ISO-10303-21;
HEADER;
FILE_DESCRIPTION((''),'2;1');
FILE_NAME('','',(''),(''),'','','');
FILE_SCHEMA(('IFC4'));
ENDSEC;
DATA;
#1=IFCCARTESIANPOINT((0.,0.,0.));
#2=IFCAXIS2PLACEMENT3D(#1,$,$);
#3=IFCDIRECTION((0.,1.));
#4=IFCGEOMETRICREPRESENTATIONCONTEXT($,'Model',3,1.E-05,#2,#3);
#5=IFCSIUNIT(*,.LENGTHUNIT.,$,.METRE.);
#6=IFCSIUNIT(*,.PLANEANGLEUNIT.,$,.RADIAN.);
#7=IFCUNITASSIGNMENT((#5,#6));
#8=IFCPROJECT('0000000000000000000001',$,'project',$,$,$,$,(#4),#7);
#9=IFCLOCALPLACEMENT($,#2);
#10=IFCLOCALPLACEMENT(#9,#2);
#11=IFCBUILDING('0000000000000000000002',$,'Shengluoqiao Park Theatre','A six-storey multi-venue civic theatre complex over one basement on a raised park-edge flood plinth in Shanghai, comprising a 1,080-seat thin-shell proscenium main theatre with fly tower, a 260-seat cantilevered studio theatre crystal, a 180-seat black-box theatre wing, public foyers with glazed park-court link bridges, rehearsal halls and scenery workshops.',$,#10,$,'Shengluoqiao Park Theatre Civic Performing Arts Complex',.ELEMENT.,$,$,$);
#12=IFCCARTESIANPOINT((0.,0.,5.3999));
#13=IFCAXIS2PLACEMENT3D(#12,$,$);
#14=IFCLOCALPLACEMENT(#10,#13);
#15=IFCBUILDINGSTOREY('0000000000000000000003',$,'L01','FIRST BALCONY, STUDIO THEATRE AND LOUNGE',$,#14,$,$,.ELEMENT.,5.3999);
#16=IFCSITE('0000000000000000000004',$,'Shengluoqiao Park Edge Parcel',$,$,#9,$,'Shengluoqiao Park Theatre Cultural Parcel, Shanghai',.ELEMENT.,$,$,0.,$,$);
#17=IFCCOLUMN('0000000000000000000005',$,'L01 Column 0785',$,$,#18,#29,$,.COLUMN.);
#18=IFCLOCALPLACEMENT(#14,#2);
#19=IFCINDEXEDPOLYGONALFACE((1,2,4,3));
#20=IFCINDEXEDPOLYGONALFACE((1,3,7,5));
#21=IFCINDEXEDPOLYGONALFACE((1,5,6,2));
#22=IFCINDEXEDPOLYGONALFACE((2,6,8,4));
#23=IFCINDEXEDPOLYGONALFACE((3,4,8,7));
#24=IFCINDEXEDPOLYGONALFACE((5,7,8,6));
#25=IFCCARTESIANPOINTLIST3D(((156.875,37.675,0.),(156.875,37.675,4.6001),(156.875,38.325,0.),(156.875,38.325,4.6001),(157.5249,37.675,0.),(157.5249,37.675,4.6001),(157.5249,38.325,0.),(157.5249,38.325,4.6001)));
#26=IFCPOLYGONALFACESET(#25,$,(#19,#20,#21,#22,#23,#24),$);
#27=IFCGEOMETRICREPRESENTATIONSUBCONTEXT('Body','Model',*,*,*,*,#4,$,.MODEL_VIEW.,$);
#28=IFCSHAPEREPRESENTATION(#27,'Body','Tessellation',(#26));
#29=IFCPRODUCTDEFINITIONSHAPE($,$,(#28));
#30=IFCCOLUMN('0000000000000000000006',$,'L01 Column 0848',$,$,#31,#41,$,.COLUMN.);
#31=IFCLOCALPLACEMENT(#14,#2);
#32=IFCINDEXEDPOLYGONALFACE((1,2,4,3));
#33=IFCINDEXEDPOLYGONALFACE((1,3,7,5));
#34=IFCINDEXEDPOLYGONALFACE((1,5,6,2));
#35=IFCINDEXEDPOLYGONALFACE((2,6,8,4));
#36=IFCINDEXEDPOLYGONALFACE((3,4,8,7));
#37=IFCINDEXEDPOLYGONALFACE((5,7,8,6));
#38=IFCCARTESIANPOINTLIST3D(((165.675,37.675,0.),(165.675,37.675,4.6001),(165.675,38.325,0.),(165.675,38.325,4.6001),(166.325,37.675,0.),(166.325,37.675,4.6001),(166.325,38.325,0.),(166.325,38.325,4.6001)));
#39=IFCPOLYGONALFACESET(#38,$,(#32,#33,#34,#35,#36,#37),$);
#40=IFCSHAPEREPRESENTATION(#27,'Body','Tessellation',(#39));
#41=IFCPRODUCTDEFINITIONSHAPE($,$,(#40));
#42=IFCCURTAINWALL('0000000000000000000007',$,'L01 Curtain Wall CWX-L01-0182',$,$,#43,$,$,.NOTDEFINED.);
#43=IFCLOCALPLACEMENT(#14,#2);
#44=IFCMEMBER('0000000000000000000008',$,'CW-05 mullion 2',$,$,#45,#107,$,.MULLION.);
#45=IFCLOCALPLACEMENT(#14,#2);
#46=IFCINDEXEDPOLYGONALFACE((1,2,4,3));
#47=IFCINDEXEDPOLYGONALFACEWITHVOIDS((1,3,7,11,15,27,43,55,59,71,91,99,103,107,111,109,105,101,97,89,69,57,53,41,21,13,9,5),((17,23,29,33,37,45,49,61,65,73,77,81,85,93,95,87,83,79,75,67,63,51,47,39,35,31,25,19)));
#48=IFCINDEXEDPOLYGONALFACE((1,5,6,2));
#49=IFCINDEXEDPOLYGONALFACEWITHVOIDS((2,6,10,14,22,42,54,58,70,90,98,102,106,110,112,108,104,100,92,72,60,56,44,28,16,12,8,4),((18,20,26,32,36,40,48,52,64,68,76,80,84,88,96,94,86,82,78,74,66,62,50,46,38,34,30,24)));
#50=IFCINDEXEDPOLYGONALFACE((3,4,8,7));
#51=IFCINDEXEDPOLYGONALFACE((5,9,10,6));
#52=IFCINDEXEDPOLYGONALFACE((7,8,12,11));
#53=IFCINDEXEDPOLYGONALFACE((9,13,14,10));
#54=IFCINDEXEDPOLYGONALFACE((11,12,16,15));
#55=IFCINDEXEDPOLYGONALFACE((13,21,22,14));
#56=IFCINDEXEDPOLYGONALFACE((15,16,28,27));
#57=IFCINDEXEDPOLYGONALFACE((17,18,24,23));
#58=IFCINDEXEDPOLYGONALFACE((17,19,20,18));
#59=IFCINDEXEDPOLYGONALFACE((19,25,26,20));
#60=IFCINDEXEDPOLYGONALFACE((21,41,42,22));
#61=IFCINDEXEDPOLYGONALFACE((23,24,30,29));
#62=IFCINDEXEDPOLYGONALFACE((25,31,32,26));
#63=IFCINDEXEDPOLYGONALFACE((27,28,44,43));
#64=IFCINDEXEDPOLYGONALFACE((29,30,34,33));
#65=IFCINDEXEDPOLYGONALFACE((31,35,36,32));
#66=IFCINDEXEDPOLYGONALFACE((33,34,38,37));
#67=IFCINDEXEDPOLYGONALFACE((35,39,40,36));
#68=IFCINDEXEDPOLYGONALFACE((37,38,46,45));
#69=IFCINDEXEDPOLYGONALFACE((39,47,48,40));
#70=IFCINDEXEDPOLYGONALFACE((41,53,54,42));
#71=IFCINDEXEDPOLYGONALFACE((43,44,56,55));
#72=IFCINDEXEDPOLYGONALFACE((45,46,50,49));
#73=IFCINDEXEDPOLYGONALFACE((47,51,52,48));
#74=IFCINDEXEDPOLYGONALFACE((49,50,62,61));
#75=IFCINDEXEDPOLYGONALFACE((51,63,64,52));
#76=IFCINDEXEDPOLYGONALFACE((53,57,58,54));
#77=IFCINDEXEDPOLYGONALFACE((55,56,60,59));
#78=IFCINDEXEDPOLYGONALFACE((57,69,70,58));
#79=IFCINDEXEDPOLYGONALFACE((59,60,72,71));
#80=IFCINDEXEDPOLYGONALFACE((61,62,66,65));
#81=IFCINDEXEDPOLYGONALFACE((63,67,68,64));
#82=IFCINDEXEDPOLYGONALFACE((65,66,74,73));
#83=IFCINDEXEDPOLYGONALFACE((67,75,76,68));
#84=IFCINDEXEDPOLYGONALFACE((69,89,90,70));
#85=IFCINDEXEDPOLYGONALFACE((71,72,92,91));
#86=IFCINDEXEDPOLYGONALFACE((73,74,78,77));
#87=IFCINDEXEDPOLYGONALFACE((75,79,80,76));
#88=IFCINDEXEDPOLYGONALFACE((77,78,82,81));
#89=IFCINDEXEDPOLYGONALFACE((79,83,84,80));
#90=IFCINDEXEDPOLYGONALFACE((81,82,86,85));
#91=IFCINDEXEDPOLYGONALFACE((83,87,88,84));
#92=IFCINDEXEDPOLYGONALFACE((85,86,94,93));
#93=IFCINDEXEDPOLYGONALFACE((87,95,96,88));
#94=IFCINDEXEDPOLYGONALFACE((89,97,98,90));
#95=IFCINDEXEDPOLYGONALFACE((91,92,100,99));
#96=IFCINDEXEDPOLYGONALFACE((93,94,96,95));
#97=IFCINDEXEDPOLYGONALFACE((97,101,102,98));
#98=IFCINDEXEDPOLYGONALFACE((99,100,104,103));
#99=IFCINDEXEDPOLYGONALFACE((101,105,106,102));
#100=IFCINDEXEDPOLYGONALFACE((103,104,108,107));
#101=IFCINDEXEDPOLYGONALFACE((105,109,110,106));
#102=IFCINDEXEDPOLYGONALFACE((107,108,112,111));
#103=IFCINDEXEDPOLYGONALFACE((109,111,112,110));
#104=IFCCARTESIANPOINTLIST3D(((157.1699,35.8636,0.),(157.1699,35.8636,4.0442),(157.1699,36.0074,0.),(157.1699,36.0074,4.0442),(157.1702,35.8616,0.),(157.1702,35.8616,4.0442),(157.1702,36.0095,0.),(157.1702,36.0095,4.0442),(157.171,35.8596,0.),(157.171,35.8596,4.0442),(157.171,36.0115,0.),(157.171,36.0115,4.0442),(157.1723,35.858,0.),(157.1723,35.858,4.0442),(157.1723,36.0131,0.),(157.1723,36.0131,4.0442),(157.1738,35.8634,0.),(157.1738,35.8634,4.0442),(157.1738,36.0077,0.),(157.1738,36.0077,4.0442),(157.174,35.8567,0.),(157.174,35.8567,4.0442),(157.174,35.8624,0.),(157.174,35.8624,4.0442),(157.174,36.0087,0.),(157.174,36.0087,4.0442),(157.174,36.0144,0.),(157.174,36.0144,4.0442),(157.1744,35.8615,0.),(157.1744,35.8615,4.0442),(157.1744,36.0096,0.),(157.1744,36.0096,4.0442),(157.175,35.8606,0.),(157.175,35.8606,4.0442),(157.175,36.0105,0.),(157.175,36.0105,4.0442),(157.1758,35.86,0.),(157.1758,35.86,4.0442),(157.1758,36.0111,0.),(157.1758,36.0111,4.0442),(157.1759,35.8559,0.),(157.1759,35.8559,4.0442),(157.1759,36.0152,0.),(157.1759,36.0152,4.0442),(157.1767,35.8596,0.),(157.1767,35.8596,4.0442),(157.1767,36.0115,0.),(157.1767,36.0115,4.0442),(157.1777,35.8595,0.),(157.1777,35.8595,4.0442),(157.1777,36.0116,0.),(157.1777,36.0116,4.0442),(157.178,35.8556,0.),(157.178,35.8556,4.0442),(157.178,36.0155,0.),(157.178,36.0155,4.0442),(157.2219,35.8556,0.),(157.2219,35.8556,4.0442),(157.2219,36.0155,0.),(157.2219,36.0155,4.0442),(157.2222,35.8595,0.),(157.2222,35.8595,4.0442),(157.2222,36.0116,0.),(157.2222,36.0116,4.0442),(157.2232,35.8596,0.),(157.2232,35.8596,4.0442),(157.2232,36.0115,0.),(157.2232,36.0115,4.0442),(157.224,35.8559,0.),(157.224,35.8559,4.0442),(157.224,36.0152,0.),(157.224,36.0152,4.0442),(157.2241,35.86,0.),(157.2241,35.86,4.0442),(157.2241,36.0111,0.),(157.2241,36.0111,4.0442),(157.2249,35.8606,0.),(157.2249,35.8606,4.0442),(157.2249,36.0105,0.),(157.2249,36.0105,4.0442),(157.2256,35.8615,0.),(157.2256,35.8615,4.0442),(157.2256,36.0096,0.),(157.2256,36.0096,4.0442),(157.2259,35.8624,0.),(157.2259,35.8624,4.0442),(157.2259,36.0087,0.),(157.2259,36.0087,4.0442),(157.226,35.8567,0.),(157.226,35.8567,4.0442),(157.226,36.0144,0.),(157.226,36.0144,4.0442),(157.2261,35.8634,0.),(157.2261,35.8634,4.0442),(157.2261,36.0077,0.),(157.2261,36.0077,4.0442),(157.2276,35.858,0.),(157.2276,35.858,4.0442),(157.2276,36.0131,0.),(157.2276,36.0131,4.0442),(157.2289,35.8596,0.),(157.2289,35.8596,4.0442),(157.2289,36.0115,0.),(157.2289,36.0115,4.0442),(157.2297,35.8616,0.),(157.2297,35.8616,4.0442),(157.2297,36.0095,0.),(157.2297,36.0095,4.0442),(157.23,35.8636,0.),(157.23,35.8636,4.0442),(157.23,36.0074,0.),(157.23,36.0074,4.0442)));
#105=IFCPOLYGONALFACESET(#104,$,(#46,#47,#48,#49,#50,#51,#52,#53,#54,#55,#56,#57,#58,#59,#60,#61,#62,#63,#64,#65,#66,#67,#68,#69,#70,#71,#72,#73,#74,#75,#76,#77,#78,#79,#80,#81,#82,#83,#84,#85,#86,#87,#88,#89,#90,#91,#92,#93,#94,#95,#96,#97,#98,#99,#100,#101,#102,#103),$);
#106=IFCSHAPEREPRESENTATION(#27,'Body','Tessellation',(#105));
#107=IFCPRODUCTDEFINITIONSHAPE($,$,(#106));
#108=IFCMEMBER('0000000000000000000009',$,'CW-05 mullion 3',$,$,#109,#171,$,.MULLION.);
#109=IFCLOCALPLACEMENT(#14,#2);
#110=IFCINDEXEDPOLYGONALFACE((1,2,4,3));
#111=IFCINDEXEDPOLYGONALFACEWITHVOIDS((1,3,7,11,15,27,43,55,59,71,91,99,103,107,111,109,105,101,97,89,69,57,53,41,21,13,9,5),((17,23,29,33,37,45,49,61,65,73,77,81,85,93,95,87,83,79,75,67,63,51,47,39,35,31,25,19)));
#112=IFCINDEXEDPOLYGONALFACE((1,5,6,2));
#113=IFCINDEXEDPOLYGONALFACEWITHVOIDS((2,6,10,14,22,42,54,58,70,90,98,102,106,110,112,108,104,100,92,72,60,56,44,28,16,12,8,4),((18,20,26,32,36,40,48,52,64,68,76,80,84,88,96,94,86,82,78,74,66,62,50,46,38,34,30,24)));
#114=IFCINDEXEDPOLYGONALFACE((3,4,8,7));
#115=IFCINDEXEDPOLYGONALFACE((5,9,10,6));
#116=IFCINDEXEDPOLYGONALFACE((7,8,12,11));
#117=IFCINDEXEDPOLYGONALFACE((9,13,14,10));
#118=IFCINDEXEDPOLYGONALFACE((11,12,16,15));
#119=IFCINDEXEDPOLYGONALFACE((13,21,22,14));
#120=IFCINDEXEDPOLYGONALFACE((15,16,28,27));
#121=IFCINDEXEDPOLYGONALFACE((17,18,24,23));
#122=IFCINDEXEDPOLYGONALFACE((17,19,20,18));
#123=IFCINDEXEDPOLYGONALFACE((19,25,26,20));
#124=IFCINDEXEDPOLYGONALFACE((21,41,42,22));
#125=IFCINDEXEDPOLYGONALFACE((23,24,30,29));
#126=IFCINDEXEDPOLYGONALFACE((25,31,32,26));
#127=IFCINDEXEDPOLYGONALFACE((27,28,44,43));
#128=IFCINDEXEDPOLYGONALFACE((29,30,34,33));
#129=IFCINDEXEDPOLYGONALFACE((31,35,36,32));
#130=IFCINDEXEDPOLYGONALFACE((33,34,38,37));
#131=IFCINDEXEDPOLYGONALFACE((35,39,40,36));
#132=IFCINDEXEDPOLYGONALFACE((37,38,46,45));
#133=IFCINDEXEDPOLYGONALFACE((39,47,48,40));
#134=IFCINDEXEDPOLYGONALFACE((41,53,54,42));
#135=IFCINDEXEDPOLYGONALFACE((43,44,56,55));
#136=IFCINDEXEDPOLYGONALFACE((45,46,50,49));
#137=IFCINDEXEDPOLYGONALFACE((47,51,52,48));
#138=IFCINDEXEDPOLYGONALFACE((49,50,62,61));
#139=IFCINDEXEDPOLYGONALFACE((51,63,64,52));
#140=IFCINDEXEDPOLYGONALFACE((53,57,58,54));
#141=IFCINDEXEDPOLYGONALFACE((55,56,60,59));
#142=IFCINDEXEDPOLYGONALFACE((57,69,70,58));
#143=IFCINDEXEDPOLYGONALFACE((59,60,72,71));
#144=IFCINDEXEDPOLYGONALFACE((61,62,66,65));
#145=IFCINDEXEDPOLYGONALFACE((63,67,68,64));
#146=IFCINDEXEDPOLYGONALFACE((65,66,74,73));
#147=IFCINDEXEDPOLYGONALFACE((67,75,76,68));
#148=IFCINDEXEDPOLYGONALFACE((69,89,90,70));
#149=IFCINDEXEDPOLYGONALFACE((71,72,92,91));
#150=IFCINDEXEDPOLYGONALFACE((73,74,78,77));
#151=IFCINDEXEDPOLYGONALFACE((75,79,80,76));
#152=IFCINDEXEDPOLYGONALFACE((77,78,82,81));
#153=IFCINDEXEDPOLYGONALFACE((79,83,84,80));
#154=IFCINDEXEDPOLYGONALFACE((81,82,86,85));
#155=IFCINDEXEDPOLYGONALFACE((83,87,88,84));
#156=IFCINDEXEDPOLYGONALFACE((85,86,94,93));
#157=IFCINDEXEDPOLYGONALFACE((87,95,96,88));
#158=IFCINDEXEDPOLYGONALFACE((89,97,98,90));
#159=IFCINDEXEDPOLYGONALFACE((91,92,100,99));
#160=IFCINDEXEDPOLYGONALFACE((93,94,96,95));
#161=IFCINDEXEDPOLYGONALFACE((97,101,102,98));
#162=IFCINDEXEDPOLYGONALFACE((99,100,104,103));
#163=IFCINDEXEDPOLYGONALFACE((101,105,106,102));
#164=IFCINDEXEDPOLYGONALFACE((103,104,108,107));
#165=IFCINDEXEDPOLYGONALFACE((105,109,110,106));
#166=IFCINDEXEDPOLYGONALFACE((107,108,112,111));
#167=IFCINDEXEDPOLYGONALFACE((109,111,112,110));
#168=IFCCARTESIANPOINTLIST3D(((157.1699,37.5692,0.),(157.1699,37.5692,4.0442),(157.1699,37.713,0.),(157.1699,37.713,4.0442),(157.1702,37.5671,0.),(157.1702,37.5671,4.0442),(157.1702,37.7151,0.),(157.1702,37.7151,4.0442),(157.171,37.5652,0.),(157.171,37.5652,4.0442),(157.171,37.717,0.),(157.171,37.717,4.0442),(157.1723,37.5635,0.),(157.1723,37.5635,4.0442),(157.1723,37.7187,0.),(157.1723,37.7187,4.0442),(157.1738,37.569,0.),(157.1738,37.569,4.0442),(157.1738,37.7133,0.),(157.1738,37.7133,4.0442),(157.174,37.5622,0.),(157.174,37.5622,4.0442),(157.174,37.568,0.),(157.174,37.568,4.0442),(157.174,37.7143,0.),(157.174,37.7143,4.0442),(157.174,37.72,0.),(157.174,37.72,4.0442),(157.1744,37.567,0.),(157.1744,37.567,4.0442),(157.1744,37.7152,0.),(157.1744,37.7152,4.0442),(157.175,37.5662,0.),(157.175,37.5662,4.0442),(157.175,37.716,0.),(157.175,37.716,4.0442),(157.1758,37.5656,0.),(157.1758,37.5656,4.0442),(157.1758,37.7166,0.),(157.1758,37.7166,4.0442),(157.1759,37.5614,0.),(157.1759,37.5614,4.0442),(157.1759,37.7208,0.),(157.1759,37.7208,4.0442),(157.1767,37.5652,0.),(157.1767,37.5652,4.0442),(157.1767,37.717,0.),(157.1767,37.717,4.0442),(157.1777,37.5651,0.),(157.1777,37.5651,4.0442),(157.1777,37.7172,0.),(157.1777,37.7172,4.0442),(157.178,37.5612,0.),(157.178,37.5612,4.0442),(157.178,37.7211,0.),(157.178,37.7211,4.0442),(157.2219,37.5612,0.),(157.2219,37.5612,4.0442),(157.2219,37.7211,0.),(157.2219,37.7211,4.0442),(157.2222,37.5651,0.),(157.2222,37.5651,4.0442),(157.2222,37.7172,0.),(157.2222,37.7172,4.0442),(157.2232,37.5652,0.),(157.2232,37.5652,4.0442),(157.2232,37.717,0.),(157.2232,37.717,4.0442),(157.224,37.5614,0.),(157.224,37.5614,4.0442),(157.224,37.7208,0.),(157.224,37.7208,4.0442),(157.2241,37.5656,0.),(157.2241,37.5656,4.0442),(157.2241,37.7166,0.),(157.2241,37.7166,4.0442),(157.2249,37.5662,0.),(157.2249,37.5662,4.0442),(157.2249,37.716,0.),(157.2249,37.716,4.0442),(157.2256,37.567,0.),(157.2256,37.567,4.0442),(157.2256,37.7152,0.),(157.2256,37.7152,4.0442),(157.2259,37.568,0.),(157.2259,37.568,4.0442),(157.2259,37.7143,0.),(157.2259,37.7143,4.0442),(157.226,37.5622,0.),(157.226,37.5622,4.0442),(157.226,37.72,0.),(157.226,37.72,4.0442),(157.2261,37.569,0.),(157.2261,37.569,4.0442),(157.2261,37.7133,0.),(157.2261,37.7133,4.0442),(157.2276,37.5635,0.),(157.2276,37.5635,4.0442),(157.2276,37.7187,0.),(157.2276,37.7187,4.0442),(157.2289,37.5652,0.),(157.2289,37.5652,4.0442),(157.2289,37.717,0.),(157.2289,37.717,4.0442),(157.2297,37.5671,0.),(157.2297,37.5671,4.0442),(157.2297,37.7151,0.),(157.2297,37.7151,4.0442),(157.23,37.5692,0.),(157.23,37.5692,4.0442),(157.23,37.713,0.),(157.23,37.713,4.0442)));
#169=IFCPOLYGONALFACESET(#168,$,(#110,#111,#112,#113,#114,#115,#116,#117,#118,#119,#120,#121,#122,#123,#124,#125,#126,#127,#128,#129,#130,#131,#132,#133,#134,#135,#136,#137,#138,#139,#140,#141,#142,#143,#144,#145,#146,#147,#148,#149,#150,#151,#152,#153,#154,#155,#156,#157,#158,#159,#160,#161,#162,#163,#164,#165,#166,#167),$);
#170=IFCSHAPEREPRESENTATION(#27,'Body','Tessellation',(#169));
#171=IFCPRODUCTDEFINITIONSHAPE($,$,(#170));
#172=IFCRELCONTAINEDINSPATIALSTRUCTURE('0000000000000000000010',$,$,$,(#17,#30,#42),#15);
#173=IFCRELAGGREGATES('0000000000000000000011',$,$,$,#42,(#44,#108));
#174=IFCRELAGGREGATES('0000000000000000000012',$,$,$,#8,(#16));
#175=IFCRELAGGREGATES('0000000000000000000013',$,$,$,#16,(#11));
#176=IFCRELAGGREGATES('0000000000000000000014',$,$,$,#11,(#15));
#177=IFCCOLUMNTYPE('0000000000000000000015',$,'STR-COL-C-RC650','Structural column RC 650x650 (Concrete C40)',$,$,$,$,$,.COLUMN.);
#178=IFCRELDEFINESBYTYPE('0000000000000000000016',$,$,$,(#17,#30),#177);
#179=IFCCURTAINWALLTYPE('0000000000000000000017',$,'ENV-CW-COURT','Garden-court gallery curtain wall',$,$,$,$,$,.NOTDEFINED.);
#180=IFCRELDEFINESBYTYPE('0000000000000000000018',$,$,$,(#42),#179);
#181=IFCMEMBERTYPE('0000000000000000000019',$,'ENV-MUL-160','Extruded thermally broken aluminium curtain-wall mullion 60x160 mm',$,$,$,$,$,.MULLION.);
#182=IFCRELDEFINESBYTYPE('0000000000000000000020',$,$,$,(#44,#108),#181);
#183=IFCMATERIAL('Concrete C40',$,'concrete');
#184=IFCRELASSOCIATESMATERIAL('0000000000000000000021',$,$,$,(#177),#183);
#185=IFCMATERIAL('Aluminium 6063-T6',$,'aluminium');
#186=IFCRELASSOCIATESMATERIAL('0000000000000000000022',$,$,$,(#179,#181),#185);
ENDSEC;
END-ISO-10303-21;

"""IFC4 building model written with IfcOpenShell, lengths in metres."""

from ifc_helpers import new_model, si_unit, direction, frame, origin, origin_2d, place, context, subcontext, project, spatial, rectangle, hollow_rectangle, extrude, material, material_profile, profile_set, type_object, element, aggregate, save


model = new_model("IFC4")

# Units and contexts
model_context = context("Model", 3, precision=1e-05, world=origin(), true_north=direction((0.0, 1.0)))
body_context = subcontext(model_context, "Body", "Model", "MODEL_VIEW")
ifc_project = project(units=[si_unit("LENGTHUNIT", "METRE"), si_unit("PLANEANGLEUNIT", "RADIAN")], contexts=[model_context])

# Site, building, storey
site_placement = place(None, origin())
site = spatial("IfcSite", under=ifc_project, at=site_placement, Name="Shengluoqiao Park Edge Parcel", LongName="Shengluoqiao Park Theatre Cultural Parcel, Shanghai", CompositionType="ELEMENT", RefElevation=0.0)
building_placement = place(site_placement, origin())
building = spatial("IfcBuilding", under=site, at=building_placement, Name="Shengluoqiao Park Theatre", Description="A six-storey multi-venue civic theatre complex over one basement on a raised park-edge flood plinth in Shanghai, comprising a 1,080-seat thin-shell proscenium main theatre with fly tower, a 260-seat cantilevered studio theatre crystal, a 180-seat black-box theatre wing, public foyers with glazed park-court link bridges, rehearsal halls and scenery workshops.", LongName="Shengluoqiao Park Theatre Civic Performing Arts Complex", CompositionType="ELEMENT")
storey_placement = place(building_placement, frame((0.0, 0.0, 5.3999)))
storey = spatial("IfcBuildingStorey", under=building, at=storey_placement, Name="L01", Description="FIRST BALCONY, STUDIO THEATRE AND LOUNGE", CompositionType="ELEMENT", Elevation=5.3999)

# Columns
ifc_material_1 = material(Name="Concrete C40", Category="concrete")
ifc_material_profile_1 = material_profile(ifc_material_1, rectangle(XDim=0.6499, YDim=0.6499, at=origin_2d()), Name="RC 650x650")
ifc_profile_set_1 = profile_set([ifc_material_profile_1], Name="Concrete C40")
column_type = type_object("IfcColumnType", Name="STR-COL-C-RC650", Description="Structural column RC 650x650 (Concrete C40)", PredefinedType="COLUMN", material=ifc_profile_set_1)
for number, where, z_axis, x_axis, name in (
    (1, (157.2, 38.0, 0.0), (0.0, 0.0, 1.0), (1.0, 0.0, 0.0), "L01 Column 0785"),
    (2, (166.0, 38.0, 0.0), (0.0, 0.0, 1.0), (1.0, 0.0, 0.0), "L01 Column 0848"),
):
    element("IfcColumn", number, at=place(storey_placement, frame(where, z_axis=z_axis, x_axis=x_axis)), inside=storey, type_object=column_type, Name=name, PredefinedType="COLUMN", context=body_context, shape_type="SweptSolid", body=[
        extrude(rectangle(XDim=0.6499, YDim=0.6499, at=origin_2d()), origin(), (0.0, 0.0, 1.0), 4.6001),
    ])

# Curtain wall, members
ifc_material_2 = material(Name="Aluminium 6063-T6", Category="aluminium")
curtain_wall_type = type_object("IfcCurtainWallType", Name="ENV-CW-COURT", Description="Garden-court gallery curtain wall", PredefinedType="NOTDEFINED", material=ifc_material_2)
curtain_wall_1_placement = place(storey_placement, origin())
curtain_wall_1 = element("IfcCurtainWall", 3, at=curtain_wall_1_placement, inside=storey, type_object=curtain_wall_type, Name="L01 Curtain Wall CWX-L01-0182", PredefinedType="NOTDEFINED")
ifc_material_profile_2 = material_profile(ifc_material_2, hollow_rectangle(XDim=0.0601, YDim=0.1599, WallThickness=0.0039, InnerFilletRadius=0.0039, OuterFilletRadius=0.0081, at=origin_2d()), Name="ALU MULLION 160x60x4")
ifc_profile_set_2 = profile_set([ifc_material_profile_2], Name="Aluminium 6063-T6")
member_type_1 = type_object("IfcMemberType", Name="ENV-MUL-160", Description="Extruded thermally broken aluminium curtain-wall mullion 60x160 mm", PredefinedType="MULLION", material=ifc_profile_set_2)
member_1_placement = place(storey_placement, frame((157.2, 35.9355, 0.0), z_axis=(0.0, 0.0, 1.0), x_axis=(-1.0, 0.0, 0.0)))
member_1 = element("IfcMember", 4, at=member_1_placement, type_object=member_type_1, Name="CW-05 mullion 2", PredefinedType="MULLION", context=body_context, shape_type="SweptSolid", body=[
    extrude(hollow_rectangle(XDim=0.0601, YDim=0.1599, WallThickness=0.0039, InnerFilletRadius=0.0039, OuterFilletRadius=0.0081, at=origin_2d()), origin(), (0.0, 0.0, 1.0), 4.0442),
])
member_2_placement = place(storey_placement, frame((157.2, 37.6411, 0.0), z_axis=(0.0, 0.0, 1.0), x_axis=(-1.0, 0.0, 0.0)))
member_2 = element("IfcMember", 5, at=member_2_placement, type_object=member_type_1, Name="CW-05 mullion 3", PredefinedType="MULLION", context=body_context, shape_type="SweptSolid", body=[
    extrude(hollow_rectangle(XDim=0.0601, YDim=0.1599, WallThickness=0.0039, InnerFilletRadius=0.0039, OuterFilletRadius=0.0081, at=origin_2d()), origin(), (0.0, 0.0, 1.0), 4.0442),
])

aggregate(curtain_wall_1, [member_1, member_2])

save(model, "model.ifc")
